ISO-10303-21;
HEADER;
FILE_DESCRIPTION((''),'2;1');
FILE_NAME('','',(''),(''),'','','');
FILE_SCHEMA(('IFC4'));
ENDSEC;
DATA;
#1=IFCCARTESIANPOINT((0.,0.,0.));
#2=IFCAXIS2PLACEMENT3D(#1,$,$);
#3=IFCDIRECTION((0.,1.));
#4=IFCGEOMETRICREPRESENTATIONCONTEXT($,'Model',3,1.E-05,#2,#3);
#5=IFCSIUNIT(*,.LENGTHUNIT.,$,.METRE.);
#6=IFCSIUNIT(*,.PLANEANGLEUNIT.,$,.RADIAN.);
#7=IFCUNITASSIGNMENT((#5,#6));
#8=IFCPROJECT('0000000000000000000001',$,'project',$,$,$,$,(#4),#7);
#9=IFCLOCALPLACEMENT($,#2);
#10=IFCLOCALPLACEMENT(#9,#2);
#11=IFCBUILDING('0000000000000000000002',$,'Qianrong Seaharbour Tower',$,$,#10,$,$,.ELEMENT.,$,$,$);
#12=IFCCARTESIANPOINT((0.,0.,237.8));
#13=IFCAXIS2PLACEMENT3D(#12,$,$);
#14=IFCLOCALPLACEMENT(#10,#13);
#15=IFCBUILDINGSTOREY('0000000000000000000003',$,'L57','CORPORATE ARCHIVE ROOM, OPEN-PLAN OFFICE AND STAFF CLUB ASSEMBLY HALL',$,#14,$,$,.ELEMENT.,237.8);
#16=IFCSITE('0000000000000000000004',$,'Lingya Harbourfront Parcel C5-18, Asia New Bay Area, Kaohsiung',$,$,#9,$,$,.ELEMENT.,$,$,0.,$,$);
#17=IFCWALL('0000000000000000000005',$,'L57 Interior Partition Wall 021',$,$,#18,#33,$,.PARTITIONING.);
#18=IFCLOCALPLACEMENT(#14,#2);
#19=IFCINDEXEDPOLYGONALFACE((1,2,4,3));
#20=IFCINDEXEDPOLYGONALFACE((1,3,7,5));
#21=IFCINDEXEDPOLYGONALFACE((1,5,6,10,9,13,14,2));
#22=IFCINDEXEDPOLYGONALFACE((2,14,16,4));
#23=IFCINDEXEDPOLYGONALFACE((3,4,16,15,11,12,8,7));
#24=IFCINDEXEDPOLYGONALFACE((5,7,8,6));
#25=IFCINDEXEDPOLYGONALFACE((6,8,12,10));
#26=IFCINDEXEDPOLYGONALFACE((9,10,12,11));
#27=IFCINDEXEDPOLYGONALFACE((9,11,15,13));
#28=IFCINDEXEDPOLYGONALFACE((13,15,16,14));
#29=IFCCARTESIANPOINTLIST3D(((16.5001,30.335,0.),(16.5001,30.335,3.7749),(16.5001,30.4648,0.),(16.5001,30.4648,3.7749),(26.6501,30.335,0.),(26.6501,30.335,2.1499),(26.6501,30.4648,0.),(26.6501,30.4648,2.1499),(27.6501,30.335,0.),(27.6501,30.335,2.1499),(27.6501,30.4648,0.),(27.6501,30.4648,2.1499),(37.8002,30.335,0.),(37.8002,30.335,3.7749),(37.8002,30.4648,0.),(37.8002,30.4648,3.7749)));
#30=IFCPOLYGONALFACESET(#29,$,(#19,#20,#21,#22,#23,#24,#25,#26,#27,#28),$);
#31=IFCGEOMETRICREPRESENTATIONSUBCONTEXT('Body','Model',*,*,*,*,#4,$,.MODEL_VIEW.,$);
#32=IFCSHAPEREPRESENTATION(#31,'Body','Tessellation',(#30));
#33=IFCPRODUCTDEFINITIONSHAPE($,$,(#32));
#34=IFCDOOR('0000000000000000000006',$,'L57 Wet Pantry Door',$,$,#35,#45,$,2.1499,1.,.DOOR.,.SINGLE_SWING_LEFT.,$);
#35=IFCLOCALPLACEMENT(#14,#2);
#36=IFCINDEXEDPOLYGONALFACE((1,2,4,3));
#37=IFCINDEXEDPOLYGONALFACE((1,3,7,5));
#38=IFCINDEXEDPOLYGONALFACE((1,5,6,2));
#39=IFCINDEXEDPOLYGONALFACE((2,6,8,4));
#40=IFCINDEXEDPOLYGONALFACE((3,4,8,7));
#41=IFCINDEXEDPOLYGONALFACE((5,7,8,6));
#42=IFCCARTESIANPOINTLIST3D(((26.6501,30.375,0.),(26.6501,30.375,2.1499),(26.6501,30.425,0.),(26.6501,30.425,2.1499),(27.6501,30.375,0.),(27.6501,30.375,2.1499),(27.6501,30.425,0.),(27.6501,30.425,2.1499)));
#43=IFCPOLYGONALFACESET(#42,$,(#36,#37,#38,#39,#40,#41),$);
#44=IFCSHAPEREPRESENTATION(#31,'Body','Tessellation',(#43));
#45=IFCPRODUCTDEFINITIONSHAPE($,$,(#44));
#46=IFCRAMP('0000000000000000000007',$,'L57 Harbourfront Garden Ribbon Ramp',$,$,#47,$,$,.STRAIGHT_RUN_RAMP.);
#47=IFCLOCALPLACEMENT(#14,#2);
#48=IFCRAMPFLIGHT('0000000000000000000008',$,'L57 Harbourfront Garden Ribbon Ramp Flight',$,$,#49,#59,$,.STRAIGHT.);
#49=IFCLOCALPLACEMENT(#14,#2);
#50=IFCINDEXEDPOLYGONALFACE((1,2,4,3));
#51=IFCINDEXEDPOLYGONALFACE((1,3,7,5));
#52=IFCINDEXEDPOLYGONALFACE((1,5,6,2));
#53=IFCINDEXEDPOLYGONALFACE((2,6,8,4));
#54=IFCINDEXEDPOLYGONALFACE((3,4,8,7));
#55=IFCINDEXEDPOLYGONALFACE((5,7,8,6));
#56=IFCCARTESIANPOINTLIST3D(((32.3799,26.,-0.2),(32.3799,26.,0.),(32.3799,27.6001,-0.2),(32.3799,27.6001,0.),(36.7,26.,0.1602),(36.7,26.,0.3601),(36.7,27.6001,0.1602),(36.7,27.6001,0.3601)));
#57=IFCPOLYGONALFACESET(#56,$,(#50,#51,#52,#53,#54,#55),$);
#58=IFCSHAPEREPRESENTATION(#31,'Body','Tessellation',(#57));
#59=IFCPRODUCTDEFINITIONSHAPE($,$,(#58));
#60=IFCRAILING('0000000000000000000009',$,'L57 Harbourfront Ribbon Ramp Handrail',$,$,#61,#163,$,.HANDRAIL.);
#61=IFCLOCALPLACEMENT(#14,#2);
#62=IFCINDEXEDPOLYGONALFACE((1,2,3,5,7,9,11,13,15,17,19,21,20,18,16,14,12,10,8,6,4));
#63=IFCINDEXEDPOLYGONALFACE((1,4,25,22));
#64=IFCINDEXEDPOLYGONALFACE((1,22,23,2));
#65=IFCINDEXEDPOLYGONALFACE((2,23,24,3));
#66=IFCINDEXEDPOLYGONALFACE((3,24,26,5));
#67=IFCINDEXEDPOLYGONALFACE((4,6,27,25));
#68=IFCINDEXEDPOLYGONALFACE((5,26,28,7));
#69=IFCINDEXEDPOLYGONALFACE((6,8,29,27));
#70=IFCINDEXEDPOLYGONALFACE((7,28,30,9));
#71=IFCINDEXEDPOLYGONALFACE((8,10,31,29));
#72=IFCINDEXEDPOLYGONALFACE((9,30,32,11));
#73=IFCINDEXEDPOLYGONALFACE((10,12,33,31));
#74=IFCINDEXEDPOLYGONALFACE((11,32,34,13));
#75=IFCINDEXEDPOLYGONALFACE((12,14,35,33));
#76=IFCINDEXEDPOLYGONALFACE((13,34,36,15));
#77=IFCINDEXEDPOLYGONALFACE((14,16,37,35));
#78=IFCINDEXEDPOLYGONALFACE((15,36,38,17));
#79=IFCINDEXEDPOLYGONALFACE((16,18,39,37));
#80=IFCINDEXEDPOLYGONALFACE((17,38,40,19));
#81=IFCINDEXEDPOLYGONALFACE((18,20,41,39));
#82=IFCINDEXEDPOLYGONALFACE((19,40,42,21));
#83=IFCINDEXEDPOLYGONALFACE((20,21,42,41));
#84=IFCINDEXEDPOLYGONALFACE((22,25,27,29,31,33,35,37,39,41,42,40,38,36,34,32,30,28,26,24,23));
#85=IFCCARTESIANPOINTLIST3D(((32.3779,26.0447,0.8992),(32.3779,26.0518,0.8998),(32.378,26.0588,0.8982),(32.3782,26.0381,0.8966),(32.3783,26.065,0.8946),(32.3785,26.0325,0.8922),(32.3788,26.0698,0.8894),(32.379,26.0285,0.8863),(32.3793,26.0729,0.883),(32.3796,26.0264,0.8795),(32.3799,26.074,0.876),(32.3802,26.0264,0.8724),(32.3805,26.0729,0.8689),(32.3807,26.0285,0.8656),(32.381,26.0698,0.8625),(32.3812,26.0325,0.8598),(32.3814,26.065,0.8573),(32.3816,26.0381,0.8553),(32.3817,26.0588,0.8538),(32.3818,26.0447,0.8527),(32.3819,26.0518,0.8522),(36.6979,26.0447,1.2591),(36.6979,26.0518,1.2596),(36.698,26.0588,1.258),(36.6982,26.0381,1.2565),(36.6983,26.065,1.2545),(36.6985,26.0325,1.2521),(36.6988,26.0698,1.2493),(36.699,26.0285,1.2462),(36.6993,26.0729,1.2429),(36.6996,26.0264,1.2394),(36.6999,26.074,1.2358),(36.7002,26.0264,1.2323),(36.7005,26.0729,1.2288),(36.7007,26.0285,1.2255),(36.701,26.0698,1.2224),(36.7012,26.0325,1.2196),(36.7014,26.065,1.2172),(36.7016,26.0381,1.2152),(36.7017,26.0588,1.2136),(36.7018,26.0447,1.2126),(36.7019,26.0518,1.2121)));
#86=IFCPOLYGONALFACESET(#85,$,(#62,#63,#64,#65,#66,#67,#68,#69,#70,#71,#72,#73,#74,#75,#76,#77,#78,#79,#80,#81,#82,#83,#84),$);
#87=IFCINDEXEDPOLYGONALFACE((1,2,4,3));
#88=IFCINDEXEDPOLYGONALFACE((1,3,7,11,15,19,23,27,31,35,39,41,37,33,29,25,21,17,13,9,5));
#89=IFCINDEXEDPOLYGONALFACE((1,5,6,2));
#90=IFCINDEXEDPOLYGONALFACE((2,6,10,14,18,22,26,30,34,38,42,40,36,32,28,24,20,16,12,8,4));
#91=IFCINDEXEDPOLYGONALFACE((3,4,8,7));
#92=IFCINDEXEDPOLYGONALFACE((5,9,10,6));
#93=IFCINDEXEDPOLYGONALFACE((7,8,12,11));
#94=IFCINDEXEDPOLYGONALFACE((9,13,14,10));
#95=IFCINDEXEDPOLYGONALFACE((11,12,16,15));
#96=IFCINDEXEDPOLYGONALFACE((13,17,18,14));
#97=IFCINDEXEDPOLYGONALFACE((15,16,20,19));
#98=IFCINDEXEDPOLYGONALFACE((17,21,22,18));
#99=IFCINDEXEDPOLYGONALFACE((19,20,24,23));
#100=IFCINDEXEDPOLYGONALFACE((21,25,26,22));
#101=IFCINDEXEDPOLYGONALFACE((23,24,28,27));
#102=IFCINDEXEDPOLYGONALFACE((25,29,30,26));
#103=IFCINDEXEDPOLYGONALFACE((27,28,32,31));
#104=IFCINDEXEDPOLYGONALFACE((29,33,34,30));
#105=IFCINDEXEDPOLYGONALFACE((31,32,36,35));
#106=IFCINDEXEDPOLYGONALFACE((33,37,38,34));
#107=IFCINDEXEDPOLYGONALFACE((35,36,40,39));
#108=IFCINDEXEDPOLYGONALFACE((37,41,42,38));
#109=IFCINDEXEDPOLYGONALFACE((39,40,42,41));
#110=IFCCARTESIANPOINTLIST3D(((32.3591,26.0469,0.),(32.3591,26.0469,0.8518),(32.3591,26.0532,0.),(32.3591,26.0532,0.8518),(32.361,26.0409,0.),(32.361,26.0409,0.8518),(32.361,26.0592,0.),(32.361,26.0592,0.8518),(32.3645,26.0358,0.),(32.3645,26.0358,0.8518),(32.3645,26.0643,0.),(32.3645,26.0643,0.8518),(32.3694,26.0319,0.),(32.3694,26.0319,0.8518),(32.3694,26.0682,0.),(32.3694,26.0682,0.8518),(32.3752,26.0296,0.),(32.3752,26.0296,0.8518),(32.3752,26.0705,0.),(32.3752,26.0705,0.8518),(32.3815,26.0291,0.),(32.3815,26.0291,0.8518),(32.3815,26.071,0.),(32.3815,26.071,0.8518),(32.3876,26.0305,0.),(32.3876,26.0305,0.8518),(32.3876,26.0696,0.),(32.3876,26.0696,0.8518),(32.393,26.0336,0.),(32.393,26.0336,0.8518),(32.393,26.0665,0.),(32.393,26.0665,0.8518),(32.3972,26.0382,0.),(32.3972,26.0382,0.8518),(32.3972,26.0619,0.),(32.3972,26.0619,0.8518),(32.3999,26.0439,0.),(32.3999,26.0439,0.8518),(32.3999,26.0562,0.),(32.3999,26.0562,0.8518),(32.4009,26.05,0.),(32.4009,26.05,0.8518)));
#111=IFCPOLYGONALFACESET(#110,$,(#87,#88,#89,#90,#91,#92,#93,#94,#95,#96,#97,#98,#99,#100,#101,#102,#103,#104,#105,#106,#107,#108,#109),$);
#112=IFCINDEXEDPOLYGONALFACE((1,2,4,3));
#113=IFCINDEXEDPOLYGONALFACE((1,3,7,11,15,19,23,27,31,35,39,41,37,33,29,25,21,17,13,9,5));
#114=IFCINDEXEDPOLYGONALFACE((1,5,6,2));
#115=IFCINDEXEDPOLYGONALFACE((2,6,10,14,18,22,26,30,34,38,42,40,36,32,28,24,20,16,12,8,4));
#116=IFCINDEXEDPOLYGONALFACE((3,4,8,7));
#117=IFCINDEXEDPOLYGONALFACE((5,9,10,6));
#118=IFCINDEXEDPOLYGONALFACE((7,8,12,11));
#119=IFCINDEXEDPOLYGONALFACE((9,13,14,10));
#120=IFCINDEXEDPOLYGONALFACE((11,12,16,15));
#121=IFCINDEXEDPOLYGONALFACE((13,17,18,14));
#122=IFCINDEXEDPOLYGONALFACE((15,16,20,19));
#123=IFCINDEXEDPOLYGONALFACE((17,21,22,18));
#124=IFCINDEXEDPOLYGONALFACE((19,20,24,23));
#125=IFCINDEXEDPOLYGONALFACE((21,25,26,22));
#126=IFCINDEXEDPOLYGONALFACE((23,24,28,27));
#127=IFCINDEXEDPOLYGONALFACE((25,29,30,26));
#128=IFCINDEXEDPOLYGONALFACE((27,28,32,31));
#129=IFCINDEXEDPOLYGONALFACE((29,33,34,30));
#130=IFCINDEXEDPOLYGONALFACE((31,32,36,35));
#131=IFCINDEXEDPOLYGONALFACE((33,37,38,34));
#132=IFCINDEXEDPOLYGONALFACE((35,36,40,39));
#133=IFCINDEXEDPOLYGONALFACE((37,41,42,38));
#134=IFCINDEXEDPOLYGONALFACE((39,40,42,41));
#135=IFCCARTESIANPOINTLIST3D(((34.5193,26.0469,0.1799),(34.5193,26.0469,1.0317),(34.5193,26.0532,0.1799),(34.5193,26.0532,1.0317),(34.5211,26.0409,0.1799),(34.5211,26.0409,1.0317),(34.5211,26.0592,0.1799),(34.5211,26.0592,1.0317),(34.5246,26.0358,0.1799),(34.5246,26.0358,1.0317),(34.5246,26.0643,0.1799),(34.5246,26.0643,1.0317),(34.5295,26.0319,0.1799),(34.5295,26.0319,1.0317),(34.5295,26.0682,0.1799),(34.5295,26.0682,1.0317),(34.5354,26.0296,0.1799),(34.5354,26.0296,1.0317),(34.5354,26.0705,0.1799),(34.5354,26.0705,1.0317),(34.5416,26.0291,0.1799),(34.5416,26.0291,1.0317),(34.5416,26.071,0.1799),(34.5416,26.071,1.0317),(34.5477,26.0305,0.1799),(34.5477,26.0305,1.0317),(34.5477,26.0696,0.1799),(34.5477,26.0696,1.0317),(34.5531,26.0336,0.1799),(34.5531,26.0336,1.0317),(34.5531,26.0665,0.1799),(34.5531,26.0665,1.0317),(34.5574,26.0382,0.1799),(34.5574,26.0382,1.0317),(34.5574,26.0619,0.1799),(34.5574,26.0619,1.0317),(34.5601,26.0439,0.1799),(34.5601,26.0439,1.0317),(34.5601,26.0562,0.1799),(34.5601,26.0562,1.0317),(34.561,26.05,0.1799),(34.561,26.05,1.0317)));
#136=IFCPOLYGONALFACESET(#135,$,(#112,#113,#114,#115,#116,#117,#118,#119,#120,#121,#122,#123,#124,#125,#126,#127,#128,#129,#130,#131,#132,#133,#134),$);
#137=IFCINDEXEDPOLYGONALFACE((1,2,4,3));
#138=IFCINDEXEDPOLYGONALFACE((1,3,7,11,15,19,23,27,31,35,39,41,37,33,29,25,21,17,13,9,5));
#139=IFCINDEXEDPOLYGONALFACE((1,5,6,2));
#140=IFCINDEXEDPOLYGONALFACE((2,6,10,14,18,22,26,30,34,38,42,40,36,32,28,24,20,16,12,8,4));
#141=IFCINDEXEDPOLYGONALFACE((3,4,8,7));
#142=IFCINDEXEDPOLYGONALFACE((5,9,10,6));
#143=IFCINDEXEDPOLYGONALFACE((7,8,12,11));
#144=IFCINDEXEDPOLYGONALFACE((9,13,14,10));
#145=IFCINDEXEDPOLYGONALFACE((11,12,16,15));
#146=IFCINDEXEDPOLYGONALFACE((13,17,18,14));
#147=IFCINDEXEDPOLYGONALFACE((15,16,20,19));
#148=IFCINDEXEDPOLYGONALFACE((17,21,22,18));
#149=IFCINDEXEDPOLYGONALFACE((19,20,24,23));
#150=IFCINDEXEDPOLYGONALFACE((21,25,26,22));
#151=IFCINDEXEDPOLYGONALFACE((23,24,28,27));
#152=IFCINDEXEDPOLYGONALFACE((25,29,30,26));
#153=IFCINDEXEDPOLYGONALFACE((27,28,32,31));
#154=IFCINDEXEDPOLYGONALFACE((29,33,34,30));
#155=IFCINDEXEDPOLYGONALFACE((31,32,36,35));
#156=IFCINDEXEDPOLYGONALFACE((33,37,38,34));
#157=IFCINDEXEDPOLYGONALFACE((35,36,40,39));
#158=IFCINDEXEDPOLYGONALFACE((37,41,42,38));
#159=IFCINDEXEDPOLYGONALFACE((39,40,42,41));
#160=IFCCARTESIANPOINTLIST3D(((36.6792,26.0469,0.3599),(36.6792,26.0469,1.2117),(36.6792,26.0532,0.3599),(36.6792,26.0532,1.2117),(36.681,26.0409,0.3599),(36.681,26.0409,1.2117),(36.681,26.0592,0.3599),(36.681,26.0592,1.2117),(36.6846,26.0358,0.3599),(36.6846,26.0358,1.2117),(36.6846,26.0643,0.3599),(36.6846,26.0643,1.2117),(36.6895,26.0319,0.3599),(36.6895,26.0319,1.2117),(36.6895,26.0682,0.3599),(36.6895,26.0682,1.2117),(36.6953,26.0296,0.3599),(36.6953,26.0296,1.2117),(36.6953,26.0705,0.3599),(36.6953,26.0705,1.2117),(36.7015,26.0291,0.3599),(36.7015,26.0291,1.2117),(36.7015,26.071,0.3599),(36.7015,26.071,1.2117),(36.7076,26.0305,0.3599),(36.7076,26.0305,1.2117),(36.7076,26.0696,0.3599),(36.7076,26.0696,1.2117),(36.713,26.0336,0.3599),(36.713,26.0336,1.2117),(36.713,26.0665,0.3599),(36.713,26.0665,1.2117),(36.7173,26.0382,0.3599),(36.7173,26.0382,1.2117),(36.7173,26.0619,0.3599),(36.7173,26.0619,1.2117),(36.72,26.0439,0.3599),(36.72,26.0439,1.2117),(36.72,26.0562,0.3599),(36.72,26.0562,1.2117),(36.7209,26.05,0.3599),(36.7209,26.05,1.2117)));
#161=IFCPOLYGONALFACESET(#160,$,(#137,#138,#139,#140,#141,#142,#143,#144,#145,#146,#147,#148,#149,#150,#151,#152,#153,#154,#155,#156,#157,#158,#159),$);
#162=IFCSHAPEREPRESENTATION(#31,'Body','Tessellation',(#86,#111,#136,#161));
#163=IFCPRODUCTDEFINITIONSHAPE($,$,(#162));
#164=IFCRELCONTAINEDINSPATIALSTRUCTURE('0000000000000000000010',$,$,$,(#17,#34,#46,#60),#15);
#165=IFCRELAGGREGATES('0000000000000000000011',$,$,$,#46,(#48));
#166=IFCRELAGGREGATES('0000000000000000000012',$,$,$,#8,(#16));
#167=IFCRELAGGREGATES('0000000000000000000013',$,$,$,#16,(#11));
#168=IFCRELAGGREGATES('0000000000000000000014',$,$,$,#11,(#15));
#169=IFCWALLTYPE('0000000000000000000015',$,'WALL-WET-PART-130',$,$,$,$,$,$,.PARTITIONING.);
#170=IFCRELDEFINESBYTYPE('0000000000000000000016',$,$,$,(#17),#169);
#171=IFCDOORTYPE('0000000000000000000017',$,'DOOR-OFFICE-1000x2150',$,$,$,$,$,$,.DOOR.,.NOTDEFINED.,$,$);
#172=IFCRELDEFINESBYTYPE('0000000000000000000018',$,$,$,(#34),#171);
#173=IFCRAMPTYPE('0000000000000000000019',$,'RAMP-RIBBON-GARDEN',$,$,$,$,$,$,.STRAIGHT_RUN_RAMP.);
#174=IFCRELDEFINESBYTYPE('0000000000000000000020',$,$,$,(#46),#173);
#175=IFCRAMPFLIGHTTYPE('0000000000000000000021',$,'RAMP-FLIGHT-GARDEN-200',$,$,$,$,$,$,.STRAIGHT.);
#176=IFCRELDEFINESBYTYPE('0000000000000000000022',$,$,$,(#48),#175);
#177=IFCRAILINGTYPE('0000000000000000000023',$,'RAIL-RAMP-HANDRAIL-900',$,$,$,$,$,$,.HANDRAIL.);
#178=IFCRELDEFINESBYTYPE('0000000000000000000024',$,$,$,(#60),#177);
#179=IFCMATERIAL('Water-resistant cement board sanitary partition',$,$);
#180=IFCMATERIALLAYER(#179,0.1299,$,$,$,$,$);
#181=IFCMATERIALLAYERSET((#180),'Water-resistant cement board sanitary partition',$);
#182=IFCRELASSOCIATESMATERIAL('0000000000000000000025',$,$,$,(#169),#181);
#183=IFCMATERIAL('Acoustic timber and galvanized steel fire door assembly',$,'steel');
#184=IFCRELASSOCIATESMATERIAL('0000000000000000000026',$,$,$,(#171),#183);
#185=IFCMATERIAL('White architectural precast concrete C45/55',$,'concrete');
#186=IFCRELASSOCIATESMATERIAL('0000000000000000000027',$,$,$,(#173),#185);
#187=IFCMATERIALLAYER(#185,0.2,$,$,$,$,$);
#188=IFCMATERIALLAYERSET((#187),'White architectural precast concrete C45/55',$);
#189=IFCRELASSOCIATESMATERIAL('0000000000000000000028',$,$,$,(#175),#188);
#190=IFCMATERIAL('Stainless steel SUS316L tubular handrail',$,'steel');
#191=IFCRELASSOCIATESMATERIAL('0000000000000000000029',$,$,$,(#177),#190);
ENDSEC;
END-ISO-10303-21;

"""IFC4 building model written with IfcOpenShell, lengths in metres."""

from ifc_helpers import new_model, si_unit, direction, frame, frame_2d, origin, origin_2d, place, context, subcontext, project, spatial, polyline, rectangle, circle, outline, extrude, material, layer, layer_set, type_object, element, fill, aggregate, save


model = new_model("IFC4")

# Units and contexts
model_context = context("Model", 3, precision=1e-05, world=origin(), true_north=direction((0.0, 1.0)))
body_context = subcontext(model_context, "Body", "Model", "MODEL_VIEW")
ifc_project = project(units=[si_unit("LENGTHUNIT", "METRE"), si_unit("PLANEANGLEUNIT", "RADIAN")], contexts=[model_context])

# Site, building, storey
site_placement = place(None, origin())
site = spatial("IfcSite", under=ifc_project, at=site_placement, Name="Lingya Harbourfront Parcel C5-18, Asia New Bay Area, Kaohsiung", CompositionType="ELEMENT", RefElevation=0.0)
building_placement = place(site_placement, origin())
building = spatial("IfcBuilding", under=site, at=building_placement, Name="Qianrong Seaharbour Tower", CompositionType="ELEMENT")
storey_placement = place(building_placement, frame((0.0, 0.0, 237.8)))
storey = spatial("IfcBuildingStorey", under=building, at=storey_placement, Name="L57", Description="CORPORATE ARCHIVE ROOM, OPEN-PLAN OFFICE AND STAFF CLUB ASSEMBLY HALL", CompositionType="ELEMENT", Elevation=237.8)

# Wall, opening, door
ifc_material_1 = material(Name="Water-resistant cement board sanitary partition")
ifc_layer_1 = layer(ifc_material_1, 0.1299)
ifc_layer_set_1 = layer_set([ifc_layer_1], Name="Water-resistant cement board sanitary partition")
wall_type_1 = type_object("IfcWallType", Name="WALL-WET-PART-130", PredefinedType="PARTITIONING", material=ifc_layer_set_1)
wall_1_placement = place(storey_placement, frame((37.8, 30.3999, 0.0), z_axis=(0.0, 0.0, 1.0), x_axis=(-1.0, 0.0, 0.0)))
wall_1 = element("IfcWall", 1, at=wall_1_placement, inside=storey, type_object=wall_type_1, Name="L57 Interior Partition Wall 021", PredefinedType="PARTITIONING", context=body_context, shape_type="SweptSolid", body=[
    extrude(rectangle(XDim=21.3, YDim=0.1299, at=frame_2d((10.6499, 0.0))), origin(), (0.0, 0.0, 1.0), 3.7749),
])
opening_1_placement = place(wall_1_placement, frame((10.1499, 0.0, 0.0)))
opening_1 = element("IfcOpeningElement", 2, at=opening_1_placement, cuts=wall_1, PredefinedType="OPENING", context=body_context, shape_type="SweptSolid", body=[
    extrude(rectangle(XDim=1.0, YDim=2.1499, at=frame_2d((0.5, 1.075))), frame((0.0, 0.075, 0.0), z_axis=(0.0, -1.0, 0.0), x_axis=(1.0, 0.0, 0.0)), (0.0, 0.0, 1.0), 0.1499),
])
ifc_material_2 = material(Name="Acoustic timber and galvanized steel fire door assembly", Category="steel")
door_type_1 = type_object("IfcDoorType", Name="DOOR-OFFICE-1000x2150", OperationType="NOTDEFINED", PredefinedType="DOOR", material=ifc_material_2)
door_1_placement = place(opening_1_placement, origin())
door_1 = element("IfcDoor", 3, at=door_1_placement, inside=storey, type_object=door_type_1, Name="L57 Wet Pantry Door", OperationType="SINGLE_SWING_LEFT", OverallHeight=2.1499, OverallWidth=1.0, PredefinedType="DOOR", context=body_context, shape_type="SweptSolid", body=[
    extrude(rectangle(XDim=1.0, YDim=2.1499, at=frame_2d((0.5, 1.075))), frame((0.0, 0.0249, 0.0), z_axis=(0.0, -1.0, 0.0), x_axis=(1.0, 0.0, 0.0)), (0.0, 0.0, 1.0), 0.05),
])
fill(opening_1, door_1)

# Ramp, ramp flight
ifc_material_3 = material(Name="White architectural precast concrete C45/55", Category="concrete")
ramp_type = type_object("IfcRampType", Name="RAMP-RIBBON-GARDEN", PredefinedType="STRAIGHT_RUN_RAMP", material=ifc_material_3)
ramp_placement = place(storey_placement, origin())
ramp = element("IfcRamp", 4, at=ramp_placement, inside=storey, type_object=ramp_type, Name="L57 Harbourfront Garden Ribbon Ramp", PredefinedType="STRAIGHT_RUN_RAMP")
ifc_layer_2 = layer(ifc_material_3, 0.2)
ifc_layer_set_2 = layer_set([ifc_layer_2], Name="White architectural precast concrete C45/55")
ramp_flight_type = type_object("IfcRampFlightType", Name="RAMP-FLIGHT-GARDEN-200", PredefinedType="STRAIGHT", material=ifc_layer_set_2)
ramp_flight_placement = place(storey_placement, frame((32.3799, 26.8, 0.0), z_axis=(0.0, 0.0, 1.0), x_axis=(1.0, 0.0, 0.0)))
ramp_flight = element("IfcRampFlight", 5, at=ramp_flight_placement, type_object=ramp_flight_type, Name="L57 Harbourfront Garden Ribbon Ramp Flight", PredefinedType="STRAIGHT", context=body_context, shape_type="SweptSolid", body=[
    extrude(outline(polyline([(0.0, 0.0), (4.3201, 0.3601), (4.3201, 0.1602), (0.0, -0.2), (0.0, 0.0)])), frame((0.0, 0.8, 0.0), z_axis=(0.0, -1.0, 0.0), x_axis=(1.0, 0.0, 0.0)), (0.0, 0.0, 1.0), 1.6001),
])
aggregate(ramp, [ramp_flight])

# Railing
ifc_material_4 = material(Name="Stainless steel SUS316L tubular handrail", Category="steel")
railing_type = type_object("IfcRailingType", Name="RAIL-RAMP-HANDRAIL-900", PredefinedType="HANDRAIL", material=ifc_material_4)
railing_placement = place(storey_placement, frame((32.3799, 26.05, 0.0)))
element("IfcRailing", 6, at=railing_placement, inside=storey, type_object=railing_type, Name="L57 Harbourfront Ribbon Ramp Handrail", PredefinedType="HANDRAIL", context=body_context, shape_type="SweptSolid", body=[
    extrude(circle(Radius=0.0239, at=origin_2d()), frame((0.0, 0.0, 0.876), z_axis=(0.996548, 0.0, 0.083013), x_axis=(0.0, 1.0, 0.0)), (0.0, 0.0, 1.0), 4.335),
    extrude(circle(Radius=0.021, at=origin_2d()), origin(), (0.0, 0.0, 1.0), 0.8518),
    extrude(circle(Radius=0.021, at=origin_2d()), frame((2.1602, 0.0, 0.1799)), (0.0, 0.0, 1.0), 0.8518),
    extrude(circle(Radius=0.021, at=origin_2d()), frame((4.3201, 0.0, 0.3599)), (0.0, 0.0, 1.0), 0.8518),
])

save(model, "model.ifc")
